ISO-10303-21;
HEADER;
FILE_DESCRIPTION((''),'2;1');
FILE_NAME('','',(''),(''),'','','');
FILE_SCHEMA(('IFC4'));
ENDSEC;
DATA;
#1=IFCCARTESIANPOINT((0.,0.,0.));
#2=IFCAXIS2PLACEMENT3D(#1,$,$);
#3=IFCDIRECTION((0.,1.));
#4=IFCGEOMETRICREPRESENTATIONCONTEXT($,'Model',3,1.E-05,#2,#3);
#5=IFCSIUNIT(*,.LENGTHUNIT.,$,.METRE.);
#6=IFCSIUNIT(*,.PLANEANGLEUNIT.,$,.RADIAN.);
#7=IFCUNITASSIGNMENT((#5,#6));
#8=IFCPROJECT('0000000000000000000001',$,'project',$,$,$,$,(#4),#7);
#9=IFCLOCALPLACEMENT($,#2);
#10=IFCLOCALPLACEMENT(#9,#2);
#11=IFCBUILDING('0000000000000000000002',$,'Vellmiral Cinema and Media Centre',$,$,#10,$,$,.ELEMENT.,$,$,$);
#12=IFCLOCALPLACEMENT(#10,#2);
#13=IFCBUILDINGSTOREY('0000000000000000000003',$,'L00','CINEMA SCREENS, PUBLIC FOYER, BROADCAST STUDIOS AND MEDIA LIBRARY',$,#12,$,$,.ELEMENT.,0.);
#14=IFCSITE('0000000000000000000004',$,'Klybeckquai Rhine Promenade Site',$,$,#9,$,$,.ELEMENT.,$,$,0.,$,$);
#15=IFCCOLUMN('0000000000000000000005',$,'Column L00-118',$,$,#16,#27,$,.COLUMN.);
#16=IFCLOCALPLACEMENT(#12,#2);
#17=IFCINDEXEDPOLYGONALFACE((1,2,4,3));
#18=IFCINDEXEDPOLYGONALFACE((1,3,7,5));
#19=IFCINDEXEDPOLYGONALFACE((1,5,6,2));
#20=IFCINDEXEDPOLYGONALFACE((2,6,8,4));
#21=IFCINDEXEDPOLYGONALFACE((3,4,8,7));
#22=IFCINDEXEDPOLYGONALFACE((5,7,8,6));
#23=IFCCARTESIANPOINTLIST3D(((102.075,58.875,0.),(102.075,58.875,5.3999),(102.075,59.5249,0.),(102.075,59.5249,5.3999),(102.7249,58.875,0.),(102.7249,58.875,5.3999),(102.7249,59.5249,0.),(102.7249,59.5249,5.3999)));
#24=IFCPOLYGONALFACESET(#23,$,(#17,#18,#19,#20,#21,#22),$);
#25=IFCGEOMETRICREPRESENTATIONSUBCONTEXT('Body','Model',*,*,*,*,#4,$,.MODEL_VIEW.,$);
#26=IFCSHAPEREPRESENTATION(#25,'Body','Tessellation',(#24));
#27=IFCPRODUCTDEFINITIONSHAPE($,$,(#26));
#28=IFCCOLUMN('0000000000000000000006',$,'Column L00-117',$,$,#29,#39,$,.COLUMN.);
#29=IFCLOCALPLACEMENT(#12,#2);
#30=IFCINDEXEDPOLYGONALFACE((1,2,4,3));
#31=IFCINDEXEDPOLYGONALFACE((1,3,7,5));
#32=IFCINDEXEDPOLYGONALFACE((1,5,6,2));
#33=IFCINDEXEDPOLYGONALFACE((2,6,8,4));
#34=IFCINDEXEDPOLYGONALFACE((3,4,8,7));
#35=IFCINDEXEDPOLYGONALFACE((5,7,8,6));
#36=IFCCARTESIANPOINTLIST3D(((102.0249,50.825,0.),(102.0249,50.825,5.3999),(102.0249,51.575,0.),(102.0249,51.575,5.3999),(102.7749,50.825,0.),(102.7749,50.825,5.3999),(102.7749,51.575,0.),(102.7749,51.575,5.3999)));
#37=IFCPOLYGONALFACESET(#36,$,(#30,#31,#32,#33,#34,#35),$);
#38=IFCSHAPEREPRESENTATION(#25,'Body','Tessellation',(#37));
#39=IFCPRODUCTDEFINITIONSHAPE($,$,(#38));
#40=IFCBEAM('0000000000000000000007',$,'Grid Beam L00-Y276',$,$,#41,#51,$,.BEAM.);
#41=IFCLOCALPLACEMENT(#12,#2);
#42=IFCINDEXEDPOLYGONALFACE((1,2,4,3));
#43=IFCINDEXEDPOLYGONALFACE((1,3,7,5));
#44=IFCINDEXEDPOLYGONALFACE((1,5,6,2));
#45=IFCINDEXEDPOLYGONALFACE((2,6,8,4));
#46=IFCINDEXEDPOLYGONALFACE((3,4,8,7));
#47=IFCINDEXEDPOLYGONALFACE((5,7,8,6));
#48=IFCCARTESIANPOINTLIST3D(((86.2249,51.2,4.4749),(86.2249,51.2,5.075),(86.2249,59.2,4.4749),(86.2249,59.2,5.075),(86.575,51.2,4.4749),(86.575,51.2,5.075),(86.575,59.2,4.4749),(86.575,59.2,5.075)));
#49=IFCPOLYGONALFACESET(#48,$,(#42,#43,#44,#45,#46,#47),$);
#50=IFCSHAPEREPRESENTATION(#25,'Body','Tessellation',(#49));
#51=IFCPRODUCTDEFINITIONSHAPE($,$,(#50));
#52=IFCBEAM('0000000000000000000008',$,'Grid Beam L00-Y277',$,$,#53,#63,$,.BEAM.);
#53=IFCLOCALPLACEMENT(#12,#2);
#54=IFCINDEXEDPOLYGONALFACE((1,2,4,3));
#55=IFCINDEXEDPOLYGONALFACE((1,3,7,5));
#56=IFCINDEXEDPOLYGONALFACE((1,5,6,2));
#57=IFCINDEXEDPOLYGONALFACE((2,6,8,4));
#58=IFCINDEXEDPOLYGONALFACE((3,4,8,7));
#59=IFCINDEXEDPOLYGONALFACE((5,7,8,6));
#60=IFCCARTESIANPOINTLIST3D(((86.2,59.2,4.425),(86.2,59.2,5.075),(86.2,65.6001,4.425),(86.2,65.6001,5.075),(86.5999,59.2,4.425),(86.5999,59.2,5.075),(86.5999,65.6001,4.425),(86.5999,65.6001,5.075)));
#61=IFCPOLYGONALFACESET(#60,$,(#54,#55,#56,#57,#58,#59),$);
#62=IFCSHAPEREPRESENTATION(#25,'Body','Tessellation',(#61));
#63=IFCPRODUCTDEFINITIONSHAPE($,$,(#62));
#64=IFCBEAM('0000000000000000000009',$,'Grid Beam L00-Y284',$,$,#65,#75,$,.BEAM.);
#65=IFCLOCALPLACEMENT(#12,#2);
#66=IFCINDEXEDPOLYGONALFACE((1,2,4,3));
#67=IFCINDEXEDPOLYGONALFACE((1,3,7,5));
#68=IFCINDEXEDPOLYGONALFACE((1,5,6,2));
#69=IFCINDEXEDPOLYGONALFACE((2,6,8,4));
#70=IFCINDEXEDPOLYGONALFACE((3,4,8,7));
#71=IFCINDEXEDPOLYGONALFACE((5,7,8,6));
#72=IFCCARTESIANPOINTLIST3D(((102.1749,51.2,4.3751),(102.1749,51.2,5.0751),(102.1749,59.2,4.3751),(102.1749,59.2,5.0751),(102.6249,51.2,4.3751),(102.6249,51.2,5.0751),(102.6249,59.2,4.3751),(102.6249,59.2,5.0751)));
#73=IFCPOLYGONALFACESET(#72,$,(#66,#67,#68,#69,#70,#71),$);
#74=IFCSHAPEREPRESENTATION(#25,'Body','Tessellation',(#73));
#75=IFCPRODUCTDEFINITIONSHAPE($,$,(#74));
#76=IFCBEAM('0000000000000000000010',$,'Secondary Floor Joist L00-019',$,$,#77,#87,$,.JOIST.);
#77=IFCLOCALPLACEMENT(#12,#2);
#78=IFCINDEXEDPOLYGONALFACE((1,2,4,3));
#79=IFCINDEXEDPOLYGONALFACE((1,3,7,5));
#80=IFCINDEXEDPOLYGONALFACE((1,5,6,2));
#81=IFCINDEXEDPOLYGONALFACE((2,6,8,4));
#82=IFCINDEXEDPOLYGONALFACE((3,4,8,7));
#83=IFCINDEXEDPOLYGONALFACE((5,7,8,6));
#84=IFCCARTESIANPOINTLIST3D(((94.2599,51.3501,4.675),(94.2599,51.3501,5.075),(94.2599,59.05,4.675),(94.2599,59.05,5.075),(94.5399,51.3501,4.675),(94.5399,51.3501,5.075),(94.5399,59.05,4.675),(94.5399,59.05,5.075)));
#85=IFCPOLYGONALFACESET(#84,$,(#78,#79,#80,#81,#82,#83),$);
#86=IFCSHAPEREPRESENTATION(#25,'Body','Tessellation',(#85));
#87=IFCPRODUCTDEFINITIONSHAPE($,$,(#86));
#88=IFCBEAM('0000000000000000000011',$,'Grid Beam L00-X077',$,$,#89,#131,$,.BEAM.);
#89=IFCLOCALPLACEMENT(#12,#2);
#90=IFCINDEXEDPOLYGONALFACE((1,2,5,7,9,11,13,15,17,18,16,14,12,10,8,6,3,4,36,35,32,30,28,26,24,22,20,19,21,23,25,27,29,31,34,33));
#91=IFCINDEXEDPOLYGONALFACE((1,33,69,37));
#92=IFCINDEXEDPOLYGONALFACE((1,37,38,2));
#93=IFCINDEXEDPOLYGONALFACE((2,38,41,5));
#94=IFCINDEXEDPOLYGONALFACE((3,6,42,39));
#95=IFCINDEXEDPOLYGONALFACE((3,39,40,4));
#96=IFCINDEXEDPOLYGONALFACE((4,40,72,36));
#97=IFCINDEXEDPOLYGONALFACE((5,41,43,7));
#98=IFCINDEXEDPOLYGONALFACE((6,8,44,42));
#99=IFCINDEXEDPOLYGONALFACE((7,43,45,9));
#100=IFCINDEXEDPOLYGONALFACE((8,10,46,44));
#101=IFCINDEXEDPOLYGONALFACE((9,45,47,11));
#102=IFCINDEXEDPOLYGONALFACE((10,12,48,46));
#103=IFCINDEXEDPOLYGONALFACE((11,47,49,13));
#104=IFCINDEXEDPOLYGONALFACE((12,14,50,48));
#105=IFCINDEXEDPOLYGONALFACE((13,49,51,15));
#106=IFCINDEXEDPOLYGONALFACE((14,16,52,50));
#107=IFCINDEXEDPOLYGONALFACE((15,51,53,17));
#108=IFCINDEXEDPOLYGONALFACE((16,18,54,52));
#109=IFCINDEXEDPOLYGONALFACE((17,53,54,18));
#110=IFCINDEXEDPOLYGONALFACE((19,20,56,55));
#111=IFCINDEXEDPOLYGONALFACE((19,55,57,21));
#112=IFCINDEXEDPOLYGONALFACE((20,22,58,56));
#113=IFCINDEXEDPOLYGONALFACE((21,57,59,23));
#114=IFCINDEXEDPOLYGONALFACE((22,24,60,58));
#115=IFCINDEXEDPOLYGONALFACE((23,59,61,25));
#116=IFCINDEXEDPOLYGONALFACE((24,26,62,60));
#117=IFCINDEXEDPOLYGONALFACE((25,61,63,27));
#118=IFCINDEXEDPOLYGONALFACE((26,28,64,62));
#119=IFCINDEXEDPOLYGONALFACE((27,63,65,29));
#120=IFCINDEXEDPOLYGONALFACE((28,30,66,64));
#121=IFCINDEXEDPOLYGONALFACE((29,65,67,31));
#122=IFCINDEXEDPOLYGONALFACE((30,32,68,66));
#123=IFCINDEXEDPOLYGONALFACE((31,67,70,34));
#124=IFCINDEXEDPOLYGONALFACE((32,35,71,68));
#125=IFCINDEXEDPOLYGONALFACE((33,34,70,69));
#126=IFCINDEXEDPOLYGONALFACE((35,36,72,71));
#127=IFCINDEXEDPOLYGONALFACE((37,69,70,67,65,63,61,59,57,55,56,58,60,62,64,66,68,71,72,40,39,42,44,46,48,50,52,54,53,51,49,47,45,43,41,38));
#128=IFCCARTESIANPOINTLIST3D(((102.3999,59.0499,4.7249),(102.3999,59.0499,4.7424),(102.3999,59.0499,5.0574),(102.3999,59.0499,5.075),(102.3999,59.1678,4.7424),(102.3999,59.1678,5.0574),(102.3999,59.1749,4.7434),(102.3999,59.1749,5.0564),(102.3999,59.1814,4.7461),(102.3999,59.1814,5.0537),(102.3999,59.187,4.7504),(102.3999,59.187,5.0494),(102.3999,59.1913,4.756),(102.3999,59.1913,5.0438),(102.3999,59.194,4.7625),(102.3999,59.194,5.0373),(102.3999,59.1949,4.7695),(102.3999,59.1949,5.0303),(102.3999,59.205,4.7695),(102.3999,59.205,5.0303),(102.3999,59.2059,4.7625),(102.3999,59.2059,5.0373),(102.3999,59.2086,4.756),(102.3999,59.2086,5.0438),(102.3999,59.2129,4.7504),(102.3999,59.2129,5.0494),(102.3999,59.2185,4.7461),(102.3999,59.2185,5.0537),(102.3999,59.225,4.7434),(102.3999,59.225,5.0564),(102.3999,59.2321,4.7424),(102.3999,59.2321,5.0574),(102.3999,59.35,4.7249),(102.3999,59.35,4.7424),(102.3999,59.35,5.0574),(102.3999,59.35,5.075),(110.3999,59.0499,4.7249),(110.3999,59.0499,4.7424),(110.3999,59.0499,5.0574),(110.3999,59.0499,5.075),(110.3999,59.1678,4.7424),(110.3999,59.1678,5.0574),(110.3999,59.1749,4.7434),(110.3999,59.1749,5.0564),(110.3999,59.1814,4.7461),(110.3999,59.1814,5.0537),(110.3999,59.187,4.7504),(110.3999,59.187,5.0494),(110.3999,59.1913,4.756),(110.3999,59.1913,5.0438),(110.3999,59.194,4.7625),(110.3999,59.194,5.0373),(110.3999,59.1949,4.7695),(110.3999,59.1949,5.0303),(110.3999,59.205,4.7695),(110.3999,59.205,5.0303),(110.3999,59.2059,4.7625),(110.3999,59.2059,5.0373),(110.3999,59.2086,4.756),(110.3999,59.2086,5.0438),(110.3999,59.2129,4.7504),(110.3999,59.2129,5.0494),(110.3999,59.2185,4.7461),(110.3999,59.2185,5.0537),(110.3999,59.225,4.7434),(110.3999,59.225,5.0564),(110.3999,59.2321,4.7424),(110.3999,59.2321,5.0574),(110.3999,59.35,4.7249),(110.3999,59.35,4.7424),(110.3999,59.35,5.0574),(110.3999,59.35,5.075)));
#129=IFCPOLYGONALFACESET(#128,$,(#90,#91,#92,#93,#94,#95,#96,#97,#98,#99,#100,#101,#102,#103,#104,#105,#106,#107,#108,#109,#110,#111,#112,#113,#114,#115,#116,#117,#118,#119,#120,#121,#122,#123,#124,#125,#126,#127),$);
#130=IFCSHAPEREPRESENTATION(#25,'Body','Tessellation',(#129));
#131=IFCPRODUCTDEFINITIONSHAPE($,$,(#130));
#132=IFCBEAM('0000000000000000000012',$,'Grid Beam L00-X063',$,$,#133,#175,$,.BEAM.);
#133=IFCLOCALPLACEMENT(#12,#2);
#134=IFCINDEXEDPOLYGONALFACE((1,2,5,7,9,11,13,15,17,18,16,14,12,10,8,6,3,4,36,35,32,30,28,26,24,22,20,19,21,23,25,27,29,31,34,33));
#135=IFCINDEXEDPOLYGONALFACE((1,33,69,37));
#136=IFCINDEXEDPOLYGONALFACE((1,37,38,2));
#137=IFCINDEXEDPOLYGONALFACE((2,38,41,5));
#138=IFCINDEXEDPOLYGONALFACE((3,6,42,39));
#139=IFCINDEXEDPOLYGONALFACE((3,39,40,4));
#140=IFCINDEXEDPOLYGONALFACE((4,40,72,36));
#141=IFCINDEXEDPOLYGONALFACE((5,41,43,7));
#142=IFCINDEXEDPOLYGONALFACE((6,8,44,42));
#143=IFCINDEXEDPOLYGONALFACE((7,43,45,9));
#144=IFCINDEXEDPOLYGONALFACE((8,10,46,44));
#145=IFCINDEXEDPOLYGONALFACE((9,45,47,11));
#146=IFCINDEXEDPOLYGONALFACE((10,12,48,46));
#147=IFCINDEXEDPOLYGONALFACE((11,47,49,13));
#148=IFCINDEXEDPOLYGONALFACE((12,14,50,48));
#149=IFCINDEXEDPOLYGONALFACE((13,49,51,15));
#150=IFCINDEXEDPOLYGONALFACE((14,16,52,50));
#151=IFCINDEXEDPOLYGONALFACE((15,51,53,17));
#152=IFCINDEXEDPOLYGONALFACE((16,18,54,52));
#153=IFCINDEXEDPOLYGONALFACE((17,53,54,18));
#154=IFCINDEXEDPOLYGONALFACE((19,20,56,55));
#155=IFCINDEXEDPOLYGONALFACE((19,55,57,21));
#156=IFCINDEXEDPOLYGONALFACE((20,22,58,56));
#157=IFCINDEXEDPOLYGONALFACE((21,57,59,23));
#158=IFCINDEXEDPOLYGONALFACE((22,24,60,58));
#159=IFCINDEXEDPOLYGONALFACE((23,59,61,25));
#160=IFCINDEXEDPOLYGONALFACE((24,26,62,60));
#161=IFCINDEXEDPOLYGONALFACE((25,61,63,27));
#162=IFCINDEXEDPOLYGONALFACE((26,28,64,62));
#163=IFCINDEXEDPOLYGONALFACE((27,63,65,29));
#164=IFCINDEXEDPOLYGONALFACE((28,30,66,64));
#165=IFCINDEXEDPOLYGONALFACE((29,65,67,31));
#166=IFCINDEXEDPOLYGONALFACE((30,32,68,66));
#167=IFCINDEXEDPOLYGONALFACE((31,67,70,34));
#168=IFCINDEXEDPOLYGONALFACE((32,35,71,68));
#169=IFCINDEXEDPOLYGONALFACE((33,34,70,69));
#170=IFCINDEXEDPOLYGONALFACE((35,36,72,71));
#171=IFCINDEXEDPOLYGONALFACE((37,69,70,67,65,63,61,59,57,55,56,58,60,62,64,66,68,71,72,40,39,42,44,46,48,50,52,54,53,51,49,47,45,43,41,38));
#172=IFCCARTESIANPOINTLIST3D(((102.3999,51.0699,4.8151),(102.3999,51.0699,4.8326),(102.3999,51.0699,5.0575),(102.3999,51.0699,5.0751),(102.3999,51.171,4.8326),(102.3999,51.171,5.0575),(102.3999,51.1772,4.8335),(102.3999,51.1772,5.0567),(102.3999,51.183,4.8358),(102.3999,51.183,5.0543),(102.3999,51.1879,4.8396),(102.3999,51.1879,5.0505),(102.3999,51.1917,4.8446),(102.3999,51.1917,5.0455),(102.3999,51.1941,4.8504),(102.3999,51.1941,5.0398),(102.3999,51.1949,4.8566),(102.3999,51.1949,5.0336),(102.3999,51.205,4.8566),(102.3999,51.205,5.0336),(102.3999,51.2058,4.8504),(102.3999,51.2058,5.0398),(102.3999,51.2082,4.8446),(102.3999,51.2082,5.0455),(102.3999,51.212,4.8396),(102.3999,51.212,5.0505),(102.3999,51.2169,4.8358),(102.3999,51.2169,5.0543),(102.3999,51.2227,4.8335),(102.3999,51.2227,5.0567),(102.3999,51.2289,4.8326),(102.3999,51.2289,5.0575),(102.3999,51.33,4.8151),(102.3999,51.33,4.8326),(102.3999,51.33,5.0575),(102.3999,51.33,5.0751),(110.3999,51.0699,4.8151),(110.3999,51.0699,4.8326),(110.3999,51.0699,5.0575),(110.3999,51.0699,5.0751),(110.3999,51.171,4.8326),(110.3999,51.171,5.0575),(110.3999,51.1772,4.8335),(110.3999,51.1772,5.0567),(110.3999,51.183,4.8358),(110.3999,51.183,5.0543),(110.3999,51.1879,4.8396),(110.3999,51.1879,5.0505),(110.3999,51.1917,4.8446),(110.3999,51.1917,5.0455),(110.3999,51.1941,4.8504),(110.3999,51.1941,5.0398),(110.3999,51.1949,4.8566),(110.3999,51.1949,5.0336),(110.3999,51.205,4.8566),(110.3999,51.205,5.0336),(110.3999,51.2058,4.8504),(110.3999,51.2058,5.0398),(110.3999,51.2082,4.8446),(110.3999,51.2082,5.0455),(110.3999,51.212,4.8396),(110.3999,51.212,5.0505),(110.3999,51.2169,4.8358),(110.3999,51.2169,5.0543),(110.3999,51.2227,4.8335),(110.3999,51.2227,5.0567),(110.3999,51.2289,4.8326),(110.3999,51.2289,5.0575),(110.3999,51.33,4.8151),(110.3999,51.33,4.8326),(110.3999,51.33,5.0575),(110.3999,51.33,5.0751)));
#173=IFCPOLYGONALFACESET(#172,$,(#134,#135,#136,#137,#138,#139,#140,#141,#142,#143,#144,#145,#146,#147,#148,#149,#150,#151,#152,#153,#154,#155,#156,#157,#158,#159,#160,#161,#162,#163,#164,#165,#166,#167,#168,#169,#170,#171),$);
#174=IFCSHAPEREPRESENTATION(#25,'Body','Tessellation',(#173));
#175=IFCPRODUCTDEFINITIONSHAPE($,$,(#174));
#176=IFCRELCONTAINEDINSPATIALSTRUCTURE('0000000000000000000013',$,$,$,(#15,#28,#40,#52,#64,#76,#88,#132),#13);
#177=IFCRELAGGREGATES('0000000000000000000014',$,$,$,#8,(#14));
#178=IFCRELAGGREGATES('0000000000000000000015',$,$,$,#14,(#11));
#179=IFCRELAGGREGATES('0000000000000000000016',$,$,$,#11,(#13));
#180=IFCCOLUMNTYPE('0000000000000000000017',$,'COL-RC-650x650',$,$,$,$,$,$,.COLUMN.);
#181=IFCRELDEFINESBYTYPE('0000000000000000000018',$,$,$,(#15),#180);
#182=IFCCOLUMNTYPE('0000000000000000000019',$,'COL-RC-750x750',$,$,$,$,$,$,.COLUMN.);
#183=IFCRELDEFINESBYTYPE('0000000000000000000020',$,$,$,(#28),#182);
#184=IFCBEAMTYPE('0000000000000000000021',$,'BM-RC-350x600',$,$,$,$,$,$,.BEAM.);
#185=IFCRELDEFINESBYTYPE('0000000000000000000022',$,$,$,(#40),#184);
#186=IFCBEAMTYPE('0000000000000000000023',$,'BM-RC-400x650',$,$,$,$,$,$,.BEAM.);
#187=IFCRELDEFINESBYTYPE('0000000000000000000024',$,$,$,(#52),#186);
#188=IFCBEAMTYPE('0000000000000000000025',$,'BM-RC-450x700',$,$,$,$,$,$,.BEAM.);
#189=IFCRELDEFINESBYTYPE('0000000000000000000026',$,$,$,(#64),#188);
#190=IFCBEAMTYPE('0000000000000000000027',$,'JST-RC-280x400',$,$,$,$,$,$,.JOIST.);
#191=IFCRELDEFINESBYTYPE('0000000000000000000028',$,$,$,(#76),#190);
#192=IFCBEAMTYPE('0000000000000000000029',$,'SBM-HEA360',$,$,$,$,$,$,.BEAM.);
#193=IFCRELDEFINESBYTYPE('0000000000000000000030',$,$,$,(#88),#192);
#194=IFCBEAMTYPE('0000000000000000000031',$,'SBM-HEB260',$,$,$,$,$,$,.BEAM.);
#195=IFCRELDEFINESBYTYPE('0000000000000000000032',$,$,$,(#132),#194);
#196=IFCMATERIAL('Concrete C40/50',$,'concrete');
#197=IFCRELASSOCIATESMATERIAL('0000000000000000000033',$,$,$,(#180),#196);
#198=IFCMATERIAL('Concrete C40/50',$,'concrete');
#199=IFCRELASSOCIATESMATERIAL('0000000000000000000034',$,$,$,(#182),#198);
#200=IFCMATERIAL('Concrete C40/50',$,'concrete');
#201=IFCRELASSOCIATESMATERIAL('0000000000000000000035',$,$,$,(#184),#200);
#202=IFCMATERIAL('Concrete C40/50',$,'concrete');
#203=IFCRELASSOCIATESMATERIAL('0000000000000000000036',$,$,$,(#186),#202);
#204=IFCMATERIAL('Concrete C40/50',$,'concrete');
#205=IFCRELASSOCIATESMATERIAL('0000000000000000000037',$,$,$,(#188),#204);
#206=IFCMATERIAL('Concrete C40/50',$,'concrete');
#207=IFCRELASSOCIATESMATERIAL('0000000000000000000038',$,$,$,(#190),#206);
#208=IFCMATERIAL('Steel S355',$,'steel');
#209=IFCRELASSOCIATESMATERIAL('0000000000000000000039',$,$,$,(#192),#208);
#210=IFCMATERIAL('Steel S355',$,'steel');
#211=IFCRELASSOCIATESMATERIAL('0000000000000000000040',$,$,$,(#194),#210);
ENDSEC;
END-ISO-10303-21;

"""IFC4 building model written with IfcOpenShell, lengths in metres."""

from ifc_helpers import new_model, si_unit, direction, frame, origin, origin_2d, place, context, subcontext, project, spatial, rectangle, i_section, extrude, material, material_profile, profile_set, type_object, element, save


model = new_model("IFC4")

# Units and contexts
model_context = context("Model", 3, precision=1e-05, world=origin(), true_north=direction((0.0, 1.0)))
body_context = subcontext(model_context, "Body", "Model", "MODEL_VIEW")
ifc_project = project(units=[si_unit("LENGTHUNIT", "METRE"), si_unit("PLANEANGLEUNIT", "RADIAN")], contexts=[model_context])

# Site, building, storey
site_placement = place(None, origin())
site = spatial("IfcSite", under=ifc_project, at=site_placement, Name="Klybeckquai Rhine Promenade Site", CompositionType="ELEMENT", RefElevation=0.0)
building_placement = place(site_placement, origin())
building = spatial("IfcBuilding", under=site, at=building_placement, Name="Vellmiral Cinema and Media Centre", CompositionType="ELEMENT")
storey_placement = place(building_placement, origin())
storey = spatial("IfcBuildingStorey", under=building, at=storey_placement, Name="L00", Description="CINEMA SCREENS, PUBLIC FOYER, BROADCAST STUDIOS AND MEDIA LIBRARY", CompositionType="ELEMENT", Elevation=0.0)

# Columns
ifc_material_1 = material(Name="Concrete C40/50", Category="concrete")
ifc_material_profile_1 = material_profile(ifc_material_1, rectangle(XDim=0.6499, YDim=0.6499, at=origin_2d()), Name="RC 650x650")
ifc_profile_set_1 = profile_set([ifc_material_profile_1], Name="Concrete C40/50")
column_type_1 = type_object("IfcColumnType", Name="COL-RC-650x650", PredefinedType="COLUMN", material=ifc_profile_set_1)
column_1_placement = place(storey_placement, frame((102.3999, 59.2, 0.0), z_axis=(0.0, 0.0, 1.0), x_axis=(1.0, 0.0, 0.0)))
element("IfcColumn", 1, at=column_1_placement, inside=storey, type_object=column_type_1, Name="Column L00-118", PredefinedType="COLUMN", context=body_context, shape_type="SweptSolid", body=[
    extrude(rectangle(XDim=0.6499, YDim=0.6499, at=origin_2d()), origin(), (0.0, 0.0, 1.0), 5.3999),
])
ifc_material_2 = material(Name="Concrete C40/50", Category="concrete")
ifc_material_profile_2 = material_profile(ifc_material_2, rectangle(XDim=0.75, YDim=0.75, at=origin_2d()), Name="RC 750x750")
ifc_profile_set_2 = profile_set([ifc_material_profile_2], Name="Concrete C40/50")
column_type_2 = type_object("IfcColumnType", Name="COL-RC-750x750", PredefinedType="COLUMN", material=ifc_profile_set_2)
column_2_placement = place(storey_placement, frame((102.3999, 51.2, 0.0), z_axis=(0.0, 0.0, 1.0), x_axis=(1.0, 0.0, 0.0)))
element("IfcColumn", 2, at=column_2_placement, inside=storey, type_object=column_type_2, Name="Column L00-117", PredefinedType="COLUMN", context=body_context, shape_type="SweptSolid", body=[
    extrude(rectangle(XDim=0.75, YDim=0.75, at=origin_2d()), origin(), (0.0, 0.0, 1.0), 5.3999),
])

# Beams
ifc_material_3 = material(Name="Concrete C40/50", Category="concrete")
ifc_material_profile_3 = material_profile(ifc_material_3, rectangle(XDim=0.3501, YDim=0.6001, at=origin_2d()), Name="RC 350x600")
ifc_profile_set_3 = profile_set([ifc_material_profile_3], Name="Concrete C40/50")
beam_type_1 = type_object("IfcBeamType", Name="BM-RC-350x600", PredefinedType="BEAM", material=ifc_profile_set_3)
beam_1_placement = place(storey_placement, frame((86.3999, 51.2, 4.7749), z_axis=(0.0, 1.0, 0.0), x_axis=(-1.0, 0.0, 0.0)))
element("IfcBeam", 3, at=beam_1_placement, inside=storey, type_object=beam_type_1, Name="Grid Beam L00-Y276", PredefinedType="BEAM", context=body_context, shape_type="SweptSolid", body=[
    extrude(rectangle(XDim=0.3501, YDim=0.6001, at=origin_2d()), origin(), (0.0, 0.0, 1.0), 8.0),
])
ifc_material_4 = material(Name="Concrete C40/50", Category="concrete")
ifc_material_profile_4 = material_profile(ifc_material_4, rectangle(XDim=0.3999, YDim=0.6499, at=origin_2d()), Name="RC 400x650")
ifc_profile_set_4 = profile_set([ifc_material_profile_4], Name="Concrete C40/50")
beam_type_2 = type_object("IfcBeamType", Name="BM-RC-400x650", PredefinedType="BEAM", material=ifc_profile_set_4)
beam_2_placement = place(storey_placement, frame((86.3999, 59.2, 4.75), z_axis=(0.0, 1.0, 0.0), x_axis=(-1.0, 0.0, 0.0)))
element("IfcBeam", 4, at=beam_2_placement, inside=storey, type_object=beam_type_2, Name="Grid Beam L00-Y277", PredefinedType="BEAM", context=body_context, shape_type="SweptSolid", body=[
    extrude(rectangle(XDim=0.3999, YDim=0.6499, at=origin_2d()), origin(), (0.0, 0.0, 1.0), 6.4001),
])
ifc_material_5 = material(Name="Concrete C40/50", Category="concrete")
ifc_material_profile_5 = material_profile(ifc_material_5, rectangle(XDim=0.45, YDim=0.7, at=origin_2d()), Name="RC 450x700")
ifc_profile_set_5 = profile_set([ifc_material_profile_5], Name="Concrete C40/50")
beam_type_3 = type_object("IfcBeamType", Name="BM-RC-450x700", PredefinedType="BEAM", material=ifc_profile_set_5)
beam_3_placement = place(storey_placement, frame((102.3999, 51.2, 4.7251), z_axis=(0.0, 1.0, 0.0), x_axis=(-1.0, 0.0, 0.0)))
element("IfcBeam", 5, at=beam_3_placement, inside=storey, type_object=beam_type_3, Name="Grid Beam L00-Y284", PredefinedType="BEAM", context=body_context, shape_type="SweptSolid", body=[
    extrude(rectangle(XDim=0.45, YDim=0.7, at=origin_2d()), origin(), (0.0, 0.0, 1.0), 8.0),
])
ifc_material_6 = material(Name="Concrete C40/50", Category="concrete")
ifc_material_profile_6 = material_profile(ifc_material_6, rectangle(XDim=0.28, YDim=0.3999, at=origin_2d()), Name="RC 280x400")
ifc_profile_set_6 = profile_set([ifc_material_profile_6], Name="Concrete C40/50")
beam_type_4 = type_object("IfcBeamType", Name="JST-RC-280x400", PredefinedType="JOIST", material=ifc_profile_set_6)
beam_4_placement = place(storey_placement, frame((94.3999, 51.3501, 4.875), z_axis=(0.0, 1.0, 0.0), x_axis=(-1.0, 0.0, 0.0)))
element("IfcBeam", 6, at=beam_4_placement, inside=storey, type_object=beam_type_4, Name="Secondary Floor Joist L00-019", PredefinedType="JOIST", context=body_context, shape_type="SweptSolid", body=[
    extrude(rectangle(XDim=0.28, YDim=0.3999, at=origin_2d()), origin(), (0.0, 0.0, 1.0), 7.7),
])
ifc_material_7 = material(Name="Steel S355", Category="steel")
ifc_material_profile_7 = material_profile(ifc_material_7, i_section(OverallWidth=0.3, OverallDepth=0.3501, WebThickness=0.01, FlangeThickness=0.0176, FilletRadius=0.0271, at=origin_2d()), Name="HEA 360")
ifc_profile_set_7 = profile_set([ifc_material_profile_7], Name="Steel S355")
beam_type_5 = type_object("IfcBeamType", Name="SBM-HEA360", PredefinedType="BEAM", material=ifc_profile_set_7)
beam_5_placement = place(storey_placement, frame((102.3999, 59.2, 4.8999), z_axis=(1.0, 0.0, 0.0), x_axis=(0.0, 1.0, 0.0)))
element("IfcBeam", 7, at=beam_5_placement, inside=storey, type_object=beam_type_5, Name="Grid Beam L00-X077", PredefinedType="BEAM", context=body_context, shape_type="SweptSolid", body=[
    extrude(i_section(OverallWidth=0.3, OverallDepth=0.3501, WebThickness=0.01, FlangeThickness=0.0176, FilletRadius=0.0271, at=origin_2d()), origin(), (0.0, 0.0, 1.0), 8.0),
])
ifc_material_8 = material(Name="Steel S355", Category="steel")
ifc_material_profile_8 = material_profile(ifc_material_8, i_section(OverallWidth=0.26, OverallDepth=0.26, WebThickness=0.01, FlangeThickness=0.0176, FilletRadius=0.0239, at=origin_2d()), Name="HEB 260")
ifc_profile_set_8 = profile_set([ifc_material_profile_8], Name="Steel S355")
beam_type_6 = type_object("IfcBeamType", Name="SBM-HEB260", PredefinedType="BEAM", material=ifc_profile_set_8)
beam_6_placement = place(storey_placement, frame((102.3999, 51.2, 4.9451), z_axis=(1.0, 0.0, 0.0), x_axis=(0.0, 1.0, 0.0)))
element("IfcBeam", 8, at=beam_6_placement, inside=storey, type_object=beam_type_6, Name="Grid Beam L00-X063", PredefinedType="BEAM", context=body_context, shape_type="SweptSolid", body=[
    extrude(i_section(OverallWidth=0.26, OverallDepth=0.26, WebThickness=0.01, FlangeThickness=0.0176, FilletRadius=0.0239, at=origin_2d()), origin(), (0.0, 0.0, 1.0), 8.0),
])

save(model, "model.ifc")
